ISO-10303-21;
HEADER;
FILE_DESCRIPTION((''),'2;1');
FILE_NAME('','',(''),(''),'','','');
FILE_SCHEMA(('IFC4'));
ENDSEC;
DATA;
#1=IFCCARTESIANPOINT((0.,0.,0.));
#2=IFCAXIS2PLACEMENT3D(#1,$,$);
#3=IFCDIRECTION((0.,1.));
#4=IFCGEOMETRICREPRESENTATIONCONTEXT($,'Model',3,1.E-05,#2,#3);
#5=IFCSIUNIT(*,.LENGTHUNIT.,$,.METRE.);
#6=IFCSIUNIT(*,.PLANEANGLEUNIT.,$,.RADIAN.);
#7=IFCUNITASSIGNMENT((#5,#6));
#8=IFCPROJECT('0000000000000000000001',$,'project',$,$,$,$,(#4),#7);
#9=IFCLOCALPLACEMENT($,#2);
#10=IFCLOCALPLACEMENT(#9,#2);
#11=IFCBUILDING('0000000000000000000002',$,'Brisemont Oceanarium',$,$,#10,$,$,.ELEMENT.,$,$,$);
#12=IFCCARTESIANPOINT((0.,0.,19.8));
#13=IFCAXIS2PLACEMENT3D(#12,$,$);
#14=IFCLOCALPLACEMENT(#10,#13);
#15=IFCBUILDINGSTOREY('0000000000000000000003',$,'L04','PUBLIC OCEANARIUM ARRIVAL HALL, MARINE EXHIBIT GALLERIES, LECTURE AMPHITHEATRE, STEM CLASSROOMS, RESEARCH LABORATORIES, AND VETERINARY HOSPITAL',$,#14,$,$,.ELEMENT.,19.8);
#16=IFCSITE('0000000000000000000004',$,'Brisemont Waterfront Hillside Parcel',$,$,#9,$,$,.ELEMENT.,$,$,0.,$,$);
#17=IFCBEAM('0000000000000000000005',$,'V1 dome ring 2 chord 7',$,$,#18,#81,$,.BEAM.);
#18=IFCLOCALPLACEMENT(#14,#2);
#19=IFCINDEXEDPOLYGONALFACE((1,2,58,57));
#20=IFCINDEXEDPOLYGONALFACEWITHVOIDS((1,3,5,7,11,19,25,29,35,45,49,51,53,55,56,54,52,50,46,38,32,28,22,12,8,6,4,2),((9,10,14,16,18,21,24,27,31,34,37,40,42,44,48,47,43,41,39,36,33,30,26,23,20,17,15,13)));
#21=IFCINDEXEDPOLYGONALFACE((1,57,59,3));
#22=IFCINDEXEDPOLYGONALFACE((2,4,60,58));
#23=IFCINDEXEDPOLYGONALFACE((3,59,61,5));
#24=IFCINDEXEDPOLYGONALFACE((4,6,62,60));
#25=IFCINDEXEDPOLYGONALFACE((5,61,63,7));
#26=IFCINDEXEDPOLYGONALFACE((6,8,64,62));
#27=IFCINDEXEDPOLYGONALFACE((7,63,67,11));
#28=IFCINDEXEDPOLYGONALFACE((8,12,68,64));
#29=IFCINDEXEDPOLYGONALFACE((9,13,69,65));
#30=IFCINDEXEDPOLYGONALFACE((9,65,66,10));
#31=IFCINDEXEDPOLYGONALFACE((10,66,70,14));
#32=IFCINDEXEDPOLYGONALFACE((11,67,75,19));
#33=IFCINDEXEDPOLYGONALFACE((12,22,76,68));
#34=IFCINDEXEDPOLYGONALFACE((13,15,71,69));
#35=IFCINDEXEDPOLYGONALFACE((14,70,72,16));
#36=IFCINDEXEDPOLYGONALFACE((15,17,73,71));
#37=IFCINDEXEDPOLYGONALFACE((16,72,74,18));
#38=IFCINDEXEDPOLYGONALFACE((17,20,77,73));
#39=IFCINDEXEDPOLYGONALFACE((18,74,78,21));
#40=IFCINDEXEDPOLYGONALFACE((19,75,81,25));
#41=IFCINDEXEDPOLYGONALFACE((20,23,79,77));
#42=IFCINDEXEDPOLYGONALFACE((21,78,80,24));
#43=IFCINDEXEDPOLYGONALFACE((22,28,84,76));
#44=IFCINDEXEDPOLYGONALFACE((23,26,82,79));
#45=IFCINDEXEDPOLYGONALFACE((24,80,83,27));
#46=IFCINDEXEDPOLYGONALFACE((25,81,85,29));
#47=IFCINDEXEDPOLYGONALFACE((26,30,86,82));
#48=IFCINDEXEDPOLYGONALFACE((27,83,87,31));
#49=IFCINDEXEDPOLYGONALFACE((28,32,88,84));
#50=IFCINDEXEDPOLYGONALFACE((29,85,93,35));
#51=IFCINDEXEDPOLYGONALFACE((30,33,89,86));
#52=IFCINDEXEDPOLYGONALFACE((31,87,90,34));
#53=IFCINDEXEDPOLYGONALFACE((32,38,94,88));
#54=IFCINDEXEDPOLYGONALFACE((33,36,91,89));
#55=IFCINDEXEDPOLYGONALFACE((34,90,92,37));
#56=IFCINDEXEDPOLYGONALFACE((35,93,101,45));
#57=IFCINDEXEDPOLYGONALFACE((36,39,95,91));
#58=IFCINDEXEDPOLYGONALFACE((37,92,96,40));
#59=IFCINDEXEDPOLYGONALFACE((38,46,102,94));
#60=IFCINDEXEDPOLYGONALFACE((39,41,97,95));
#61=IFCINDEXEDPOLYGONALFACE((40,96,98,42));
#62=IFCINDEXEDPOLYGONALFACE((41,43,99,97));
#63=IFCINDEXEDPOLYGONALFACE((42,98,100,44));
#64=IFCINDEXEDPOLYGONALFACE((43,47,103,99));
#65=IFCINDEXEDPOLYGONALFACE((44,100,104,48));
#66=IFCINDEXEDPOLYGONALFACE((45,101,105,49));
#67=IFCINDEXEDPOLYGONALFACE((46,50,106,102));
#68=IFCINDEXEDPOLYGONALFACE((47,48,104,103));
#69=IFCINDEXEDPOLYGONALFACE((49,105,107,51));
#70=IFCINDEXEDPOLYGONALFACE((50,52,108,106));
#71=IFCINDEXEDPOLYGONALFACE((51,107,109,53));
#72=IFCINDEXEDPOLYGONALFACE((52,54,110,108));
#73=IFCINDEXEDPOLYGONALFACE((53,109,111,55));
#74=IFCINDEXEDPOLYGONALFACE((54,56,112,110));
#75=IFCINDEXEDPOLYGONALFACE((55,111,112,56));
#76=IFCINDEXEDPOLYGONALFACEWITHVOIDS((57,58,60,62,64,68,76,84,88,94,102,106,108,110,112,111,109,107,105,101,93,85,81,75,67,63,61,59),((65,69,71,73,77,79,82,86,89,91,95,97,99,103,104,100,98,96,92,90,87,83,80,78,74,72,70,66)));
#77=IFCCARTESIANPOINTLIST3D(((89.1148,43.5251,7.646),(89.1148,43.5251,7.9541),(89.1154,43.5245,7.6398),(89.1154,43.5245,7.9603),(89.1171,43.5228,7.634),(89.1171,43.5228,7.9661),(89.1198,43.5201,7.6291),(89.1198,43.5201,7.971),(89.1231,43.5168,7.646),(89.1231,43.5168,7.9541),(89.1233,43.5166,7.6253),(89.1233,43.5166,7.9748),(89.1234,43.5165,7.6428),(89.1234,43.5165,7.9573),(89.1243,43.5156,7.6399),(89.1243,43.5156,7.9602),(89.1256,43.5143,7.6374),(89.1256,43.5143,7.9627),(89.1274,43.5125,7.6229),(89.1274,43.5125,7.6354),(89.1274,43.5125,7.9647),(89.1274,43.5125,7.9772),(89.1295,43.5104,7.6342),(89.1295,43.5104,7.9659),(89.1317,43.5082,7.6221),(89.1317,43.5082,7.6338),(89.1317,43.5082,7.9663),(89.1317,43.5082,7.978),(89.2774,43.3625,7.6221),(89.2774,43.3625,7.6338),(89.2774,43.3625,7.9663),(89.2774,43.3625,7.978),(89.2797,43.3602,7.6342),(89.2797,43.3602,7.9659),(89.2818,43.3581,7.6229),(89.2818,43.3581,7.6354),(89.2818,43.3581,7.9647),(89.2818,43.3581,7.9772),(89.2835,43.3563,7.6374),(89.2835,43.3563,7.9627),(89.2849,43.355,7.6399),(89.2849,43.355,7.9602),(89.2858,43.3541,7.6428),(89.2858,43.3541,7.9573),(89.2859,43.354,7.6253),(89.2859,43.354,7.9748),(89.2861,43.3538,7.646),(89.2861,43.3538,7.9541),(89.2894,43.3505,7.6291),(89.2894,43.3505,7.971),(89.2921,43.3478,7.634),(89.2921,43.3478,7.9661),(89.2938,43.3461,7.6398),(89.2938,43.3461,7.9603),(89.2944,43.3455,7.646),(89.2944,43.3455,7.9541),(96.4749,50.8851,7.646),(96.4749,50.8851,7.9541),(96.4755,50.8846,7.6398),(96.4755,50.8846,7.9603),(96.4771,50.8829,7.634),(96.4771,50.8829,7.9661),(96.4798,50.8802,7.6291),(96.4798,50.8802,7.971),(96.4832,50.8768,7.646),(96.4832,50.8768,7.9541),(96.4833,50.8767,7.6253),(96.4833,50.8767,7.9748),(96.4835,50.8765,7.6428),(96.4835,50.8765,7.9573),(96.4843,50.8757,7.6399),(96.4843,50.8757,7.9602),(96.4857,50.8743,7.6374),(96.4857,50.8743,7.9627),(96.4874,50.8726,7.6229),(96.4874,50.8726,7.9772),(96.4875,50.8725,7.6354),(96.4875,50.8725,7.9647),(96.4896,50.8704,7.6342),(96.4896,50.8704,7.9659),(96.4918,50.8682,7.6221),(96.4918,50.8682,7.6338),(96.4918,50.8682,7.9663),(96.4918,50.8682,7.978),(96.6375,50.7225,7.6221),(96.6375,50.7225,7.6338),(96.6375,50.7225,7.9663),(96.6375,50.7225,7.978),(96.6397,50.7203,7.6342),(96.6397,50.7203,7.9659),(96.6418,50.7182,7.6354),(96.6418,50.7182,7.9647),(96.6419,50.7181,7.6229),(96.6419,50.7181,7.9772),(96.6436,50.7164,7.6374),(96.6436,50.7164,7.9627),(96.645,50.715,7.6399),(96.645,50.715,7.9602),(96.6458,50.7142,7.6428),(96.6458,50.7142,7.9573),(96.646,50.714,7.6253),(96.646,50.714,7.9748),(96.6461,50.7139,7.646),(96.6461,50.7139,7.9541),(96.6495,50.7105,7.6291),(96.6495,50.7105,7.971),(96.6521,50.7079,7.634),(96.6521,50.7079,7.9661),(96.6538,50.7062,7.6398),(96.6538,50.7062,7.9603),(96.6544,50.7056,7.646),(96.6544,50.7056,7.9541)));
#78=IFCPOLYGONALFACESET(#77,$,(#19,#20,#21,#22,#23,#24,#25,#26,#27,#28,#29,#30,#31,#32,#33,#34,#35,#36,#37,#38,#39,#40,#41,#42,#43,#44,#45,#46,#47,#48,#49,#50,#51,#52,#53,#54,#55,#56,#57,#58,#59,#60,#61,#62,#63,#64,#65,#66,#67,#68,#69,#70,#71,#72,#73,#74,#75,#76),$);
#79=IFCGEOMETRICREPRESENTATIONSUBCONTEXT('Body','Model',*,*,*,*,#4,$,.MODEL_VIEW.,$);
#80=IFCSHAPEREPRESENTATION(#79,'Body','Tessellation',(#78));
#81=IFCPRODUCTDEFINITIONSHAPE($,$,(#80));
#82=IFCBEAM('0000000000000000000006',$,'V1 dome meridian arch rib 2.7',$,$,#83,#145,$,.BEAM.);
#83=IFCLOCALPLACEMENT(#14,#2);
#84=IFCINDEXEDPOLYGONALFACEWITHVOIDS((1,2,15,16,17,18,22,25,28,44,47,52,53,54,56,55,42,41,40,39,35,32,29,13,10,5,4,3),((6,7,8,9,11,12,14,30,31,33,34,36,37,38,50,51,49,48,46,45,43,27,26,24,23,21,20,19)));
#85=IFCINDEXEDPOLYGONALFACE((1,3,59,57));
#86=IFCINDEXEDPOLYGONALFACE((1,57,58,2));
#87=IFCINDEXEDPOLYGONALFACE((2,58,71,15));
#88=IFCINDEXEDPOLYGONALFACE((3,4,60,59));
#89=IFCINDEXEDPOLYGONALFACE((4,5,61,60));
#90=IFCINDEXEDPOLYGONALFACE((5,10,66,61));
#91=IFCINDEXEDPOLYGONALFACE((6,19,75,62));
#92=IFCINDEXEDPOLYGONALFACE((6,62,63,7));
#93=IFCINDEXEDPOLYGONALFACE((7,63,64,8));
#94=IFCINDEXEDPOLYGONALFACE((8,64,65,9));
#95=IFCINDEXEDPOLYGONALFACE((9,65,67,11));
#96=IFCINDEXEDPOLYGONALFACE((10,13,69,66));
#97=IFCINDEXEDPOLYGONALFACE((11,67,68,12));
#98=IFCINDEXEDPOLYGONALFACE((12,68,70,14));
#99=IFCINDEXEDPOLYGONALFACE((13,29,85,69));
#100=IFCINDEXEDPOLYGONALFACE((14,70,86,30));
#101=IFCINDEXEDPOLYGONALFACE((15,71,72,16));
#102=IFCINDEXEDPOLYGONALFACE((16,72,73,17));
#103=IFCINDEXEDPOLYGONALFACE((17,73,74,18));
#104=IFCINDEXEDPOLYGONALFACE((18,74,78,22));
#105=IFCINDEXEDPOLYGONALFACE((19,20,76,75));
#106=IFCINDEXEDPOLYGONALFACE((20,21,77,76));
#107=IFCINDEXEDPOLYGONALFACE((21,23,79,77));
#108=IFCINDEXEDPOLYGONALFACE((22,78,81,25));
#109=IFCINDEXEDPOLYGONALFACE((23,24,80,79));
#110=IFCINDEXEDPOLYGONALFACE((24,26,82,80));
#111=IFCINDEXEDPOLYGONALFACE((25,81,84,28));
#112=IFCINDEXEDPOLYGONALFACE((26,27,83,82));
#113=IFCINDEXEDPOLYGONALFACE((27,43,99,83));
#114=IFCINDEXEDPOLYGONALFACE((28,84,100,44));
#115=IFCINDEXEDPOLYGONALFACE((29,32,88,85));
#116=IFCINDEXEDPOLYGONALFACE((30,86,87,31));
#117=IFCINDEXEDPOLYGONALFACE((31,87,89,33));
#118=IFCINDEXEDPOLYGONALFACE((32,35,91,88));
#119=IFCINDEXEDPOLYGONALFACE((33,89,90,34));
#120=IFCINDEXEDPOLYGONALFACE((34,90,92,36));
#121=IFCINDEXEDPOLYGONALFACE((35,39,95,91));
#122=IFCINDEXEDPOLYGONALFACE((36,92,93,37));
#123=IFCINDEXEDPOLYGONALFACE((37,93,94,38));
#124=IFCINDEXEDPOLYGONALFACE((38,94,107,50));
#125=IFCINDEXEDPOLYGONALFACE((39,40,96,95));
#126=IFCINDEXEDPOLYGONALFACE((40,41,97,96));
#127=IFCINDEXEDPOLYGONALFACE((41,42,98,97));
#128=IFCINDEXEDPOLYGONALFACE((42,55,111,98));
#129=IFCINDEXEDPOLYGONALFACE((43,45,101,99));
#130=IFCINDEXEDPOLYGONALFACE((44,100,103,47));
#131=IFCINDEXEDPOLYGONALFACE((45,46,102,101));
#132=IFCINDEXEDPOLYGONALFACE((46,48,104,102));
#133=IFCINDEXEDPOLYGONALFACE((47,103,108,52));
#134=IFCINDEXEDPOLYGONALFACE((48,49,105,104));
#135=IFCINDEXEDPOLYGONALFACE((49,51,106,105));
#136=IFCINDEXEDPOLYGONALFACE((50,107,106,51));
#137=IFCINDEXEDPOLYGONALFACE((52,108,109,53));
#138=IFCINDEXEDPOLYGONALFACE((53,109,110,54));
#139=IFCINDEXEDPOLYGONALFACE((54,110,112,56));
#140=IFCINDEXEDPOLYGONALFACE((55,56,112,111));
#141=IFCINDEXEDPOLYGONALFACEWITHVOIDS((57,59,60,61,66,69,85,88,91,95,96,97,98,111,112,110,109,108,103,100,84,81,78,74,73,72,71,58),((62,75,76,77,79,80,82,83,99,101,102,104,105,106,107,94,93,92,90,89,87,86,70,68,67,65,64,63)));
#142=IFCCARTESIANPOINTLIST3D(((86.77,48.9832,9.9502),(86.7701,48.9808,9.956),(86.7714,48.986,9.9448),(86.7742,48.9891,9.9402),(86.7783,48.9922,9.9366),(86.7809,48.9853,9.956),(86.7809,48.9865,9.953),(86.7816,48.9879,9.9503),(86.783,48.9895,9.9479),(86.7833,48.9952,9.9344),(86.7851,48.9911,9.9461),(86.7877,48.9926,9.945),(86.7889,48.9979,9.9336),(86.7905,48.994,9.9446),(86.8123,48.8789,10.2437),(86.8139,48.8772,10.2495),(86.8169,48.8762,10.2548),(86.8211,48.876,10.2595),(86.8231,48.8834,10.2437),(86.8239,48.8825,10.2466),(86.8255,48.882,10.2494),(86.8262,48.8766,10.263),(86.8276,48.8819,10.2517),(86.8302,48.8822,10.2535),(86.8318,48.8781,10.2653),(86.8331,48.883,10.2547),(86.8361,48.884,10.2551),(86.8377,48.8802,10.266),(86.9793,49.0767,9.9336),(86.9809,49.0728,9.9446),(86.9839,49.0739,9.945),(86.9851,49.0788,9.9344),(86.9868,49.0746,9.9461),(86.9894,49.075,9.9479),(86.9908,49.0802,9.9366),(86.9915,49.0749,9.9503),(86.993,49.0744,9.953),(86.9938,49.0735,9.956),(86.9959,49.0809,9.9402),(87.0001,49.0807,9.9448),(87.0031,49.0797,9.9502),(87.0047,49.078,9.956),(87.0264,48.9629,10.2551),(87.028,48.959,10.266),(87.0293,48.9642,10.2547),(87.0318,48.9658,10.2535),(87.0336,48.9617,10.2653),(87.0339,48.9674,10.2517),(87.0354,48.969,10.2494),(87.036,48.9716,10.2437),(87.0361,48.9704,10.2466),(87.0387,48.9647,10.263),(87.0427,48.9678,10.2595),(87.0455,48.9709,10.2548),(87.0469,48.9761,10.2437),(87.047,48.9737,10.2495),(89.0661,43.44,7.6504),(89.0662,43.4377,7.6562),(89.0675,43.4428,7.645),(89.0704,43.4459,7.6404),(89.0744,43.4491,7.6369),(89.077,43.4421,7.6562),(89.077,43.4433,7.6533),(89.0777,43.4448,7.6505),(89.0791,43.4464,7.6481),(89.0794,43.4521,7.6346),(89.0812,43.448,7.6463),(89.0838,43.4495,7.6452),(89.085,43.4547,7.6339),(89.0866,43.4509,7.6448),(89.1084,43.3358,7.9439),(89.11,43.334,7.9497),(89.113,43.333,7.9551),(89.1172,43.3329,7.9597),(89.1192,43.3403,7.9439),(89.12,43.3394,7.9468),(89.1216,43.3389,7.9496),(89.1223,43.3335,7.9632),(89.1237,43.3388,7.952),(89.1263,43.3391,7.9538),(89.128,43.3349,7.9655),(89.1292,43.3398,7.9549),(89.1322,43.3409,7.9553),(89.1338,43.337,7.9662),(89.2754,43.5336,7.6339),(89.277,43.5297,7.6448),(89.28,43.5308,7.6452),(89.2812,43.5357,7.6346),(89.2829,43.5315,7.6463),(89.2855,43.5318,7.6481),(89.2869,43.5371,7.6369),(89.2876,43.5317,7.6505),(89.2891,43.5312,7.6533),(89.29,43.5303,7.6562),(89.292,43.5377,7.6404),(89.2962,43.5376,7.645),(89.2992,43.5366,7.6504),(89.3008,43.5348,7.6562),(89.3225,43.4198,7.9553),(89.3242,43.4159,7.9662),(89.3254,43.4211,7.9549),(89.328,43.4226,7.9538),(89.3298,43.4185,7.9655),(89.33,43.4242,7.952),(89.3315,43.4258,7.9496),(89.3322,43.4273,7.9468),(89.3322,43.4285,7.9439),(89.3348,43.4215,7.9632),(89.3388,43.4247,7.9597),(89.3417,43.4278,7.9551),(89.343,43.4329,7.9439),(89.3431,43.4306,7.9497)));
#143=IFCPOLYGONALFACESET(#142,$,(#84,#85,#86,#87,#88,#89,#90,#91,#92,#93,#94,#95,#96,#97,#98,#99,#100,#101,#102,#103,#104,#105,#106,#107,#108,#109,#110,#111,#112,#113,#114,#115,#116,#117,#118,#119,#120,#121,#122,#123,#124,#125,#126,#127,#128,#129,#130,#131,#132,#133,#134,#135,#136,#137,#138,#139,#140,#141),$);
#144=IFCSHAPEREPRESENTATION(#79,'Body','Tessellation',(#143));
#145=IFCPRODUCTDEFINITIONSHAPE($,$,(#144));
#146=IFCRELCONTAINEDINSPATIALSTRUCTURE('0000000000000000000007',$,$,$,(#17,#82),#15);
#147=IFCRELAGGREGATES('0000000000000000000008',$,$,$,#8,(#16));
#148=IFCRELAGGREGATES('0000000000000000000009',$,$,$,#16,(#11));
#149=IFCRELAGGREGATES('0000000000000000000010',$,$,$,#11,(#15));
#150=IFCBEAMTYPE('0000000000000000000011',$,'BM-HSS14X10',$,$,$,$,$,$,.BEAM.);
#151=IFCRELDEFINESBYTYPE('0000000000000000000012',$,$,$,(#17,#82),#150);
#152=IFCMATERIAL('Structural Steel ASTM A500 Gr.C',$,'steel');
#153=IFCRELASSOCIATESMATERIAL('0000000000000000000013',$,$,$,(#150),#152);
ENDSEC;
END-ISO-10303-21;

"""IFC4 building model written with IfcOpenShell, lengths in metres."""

from ifc_helpers import new_model, si_unit, direction, frame, origin, origin_2d, place, context, subcontext, project, spatial, hollow_rectangle, extrude, material, material_profile, profile_set, type_object, element, save


model = new_model("IFC4")

# Units and contexts
model_context = context("Model", 3, precision=1e-05, world=origin(), true_north=direction((0.0, 1.0)))
body_context = subcontext(model_context, "Body", "Model", "MODEL_VIEW")
ifc_project = project(units=[si_unit("LENGTHUNIT", "METRE"), si_unit("PLANEANGLEUNIT", "RADIAN")], contexts=[model_context])

# Site, building, storey
site_placement = place(None, origin())
site = spatial("IfcSite", under=ifc_project, at=site_placement, Name="Brisemont Waterfront Hillside Parcel", CompositionType="ELEMENT", RefElevation=0.0)
building_placement = place(site_placement, origin())
building = spatial("IfcBuilding", under=site, at=building_placement, Name="Brisemont Oceanarium", CompositionType="ELEMENT")
storey_placement = place(building_placement, frame((0.0, 0.0, 19.8)))
storey = spatial("IfcBuildingStorey", under=building, at=storey_placement, Name="L04", Description="PUBLIC OCEANARIUM ARRIVAL HALL, MARINE EXHIBIT GALLERIES, LECTURE AMPHITHEATRE, STEM CLASSROOMS, RESEARCH LABORATORIES, AND VETERINARY HOSPITAL", CompositionType="ELEMENT", Elevation=19.8)

# Beams
ifc_material_1 = material(Name="Structural Steel ASTM A500 Gr.C", Category="steel")
ifc_material_profile_1 = material_profile(ifc_material_1, hollow_rectangle(XDim=0.2539, YDim=0.356, WallThickness=0.0117, InnerFilletRadius=0.0122, OuterFilletRadius=0.0239, at=origin_2d()), Name="HSS14X10X1/2")
ifc_profile_set_1 = profile_set([ifc_material_profile_1], Name="Structural Steel ASTM A500 Gr.C")
beam_type_1 = type_object("IfcBeamType", Name="BM-HSS14X10", PredefinedType="BEAM", material=ifc_profile_set_1)
beam_1_placement = place(storey_placement, frame((89.2046, 43.4353, 7.8), z_axis=(0.707107, 0.707107, 0.0), x_axis=(-0.707107, 0.707107, 0.0)))
element("IfcBeam", 1, at=beam_1_placement, inside=storey, type_object=beam_type_1, Name="V1 dome ring 2 chord 7", PredefinedType="BEAM", context=body_context, shape_type="SweptSolid", body=[
    extrude(hollow_rectangle(XDim=0.2539, YDim=0.356, WallThickness=0.0117, InnerFilletRadius=0.0122, OuterFilletRadius=0.0239, at=origin_2d()), origin(), (0.0, 0.0, 1.0), 10.4087),
])
beam_2_placement = place(storey_placement, frame((89.2046, 43.4353, 7.8), z_axis=(-0.357342, 0.862674, 0.357912), x_axis=(-0.923875, -0.382693, 0.0)))
element("IfcBeam", 2, at=beam_2_placement, inside=storey, type_object=beam_type_1, Name="V1 dome meridian arch rib 2.7", PredefinedType="BEAM", context=body_context, shape_type="SweptSolid", body=[
    extrude(hollow_rectangle(XDim=0.2539, YDim=0.356, WallThickness=0.0117, InnerFilletRadius=0.0122, OuterFilletRadius=0.0239, at=origin_2d()), origin(), (0.0, 0.0, 1.0), 6.4255),
])

save(model, "model.ifc")
